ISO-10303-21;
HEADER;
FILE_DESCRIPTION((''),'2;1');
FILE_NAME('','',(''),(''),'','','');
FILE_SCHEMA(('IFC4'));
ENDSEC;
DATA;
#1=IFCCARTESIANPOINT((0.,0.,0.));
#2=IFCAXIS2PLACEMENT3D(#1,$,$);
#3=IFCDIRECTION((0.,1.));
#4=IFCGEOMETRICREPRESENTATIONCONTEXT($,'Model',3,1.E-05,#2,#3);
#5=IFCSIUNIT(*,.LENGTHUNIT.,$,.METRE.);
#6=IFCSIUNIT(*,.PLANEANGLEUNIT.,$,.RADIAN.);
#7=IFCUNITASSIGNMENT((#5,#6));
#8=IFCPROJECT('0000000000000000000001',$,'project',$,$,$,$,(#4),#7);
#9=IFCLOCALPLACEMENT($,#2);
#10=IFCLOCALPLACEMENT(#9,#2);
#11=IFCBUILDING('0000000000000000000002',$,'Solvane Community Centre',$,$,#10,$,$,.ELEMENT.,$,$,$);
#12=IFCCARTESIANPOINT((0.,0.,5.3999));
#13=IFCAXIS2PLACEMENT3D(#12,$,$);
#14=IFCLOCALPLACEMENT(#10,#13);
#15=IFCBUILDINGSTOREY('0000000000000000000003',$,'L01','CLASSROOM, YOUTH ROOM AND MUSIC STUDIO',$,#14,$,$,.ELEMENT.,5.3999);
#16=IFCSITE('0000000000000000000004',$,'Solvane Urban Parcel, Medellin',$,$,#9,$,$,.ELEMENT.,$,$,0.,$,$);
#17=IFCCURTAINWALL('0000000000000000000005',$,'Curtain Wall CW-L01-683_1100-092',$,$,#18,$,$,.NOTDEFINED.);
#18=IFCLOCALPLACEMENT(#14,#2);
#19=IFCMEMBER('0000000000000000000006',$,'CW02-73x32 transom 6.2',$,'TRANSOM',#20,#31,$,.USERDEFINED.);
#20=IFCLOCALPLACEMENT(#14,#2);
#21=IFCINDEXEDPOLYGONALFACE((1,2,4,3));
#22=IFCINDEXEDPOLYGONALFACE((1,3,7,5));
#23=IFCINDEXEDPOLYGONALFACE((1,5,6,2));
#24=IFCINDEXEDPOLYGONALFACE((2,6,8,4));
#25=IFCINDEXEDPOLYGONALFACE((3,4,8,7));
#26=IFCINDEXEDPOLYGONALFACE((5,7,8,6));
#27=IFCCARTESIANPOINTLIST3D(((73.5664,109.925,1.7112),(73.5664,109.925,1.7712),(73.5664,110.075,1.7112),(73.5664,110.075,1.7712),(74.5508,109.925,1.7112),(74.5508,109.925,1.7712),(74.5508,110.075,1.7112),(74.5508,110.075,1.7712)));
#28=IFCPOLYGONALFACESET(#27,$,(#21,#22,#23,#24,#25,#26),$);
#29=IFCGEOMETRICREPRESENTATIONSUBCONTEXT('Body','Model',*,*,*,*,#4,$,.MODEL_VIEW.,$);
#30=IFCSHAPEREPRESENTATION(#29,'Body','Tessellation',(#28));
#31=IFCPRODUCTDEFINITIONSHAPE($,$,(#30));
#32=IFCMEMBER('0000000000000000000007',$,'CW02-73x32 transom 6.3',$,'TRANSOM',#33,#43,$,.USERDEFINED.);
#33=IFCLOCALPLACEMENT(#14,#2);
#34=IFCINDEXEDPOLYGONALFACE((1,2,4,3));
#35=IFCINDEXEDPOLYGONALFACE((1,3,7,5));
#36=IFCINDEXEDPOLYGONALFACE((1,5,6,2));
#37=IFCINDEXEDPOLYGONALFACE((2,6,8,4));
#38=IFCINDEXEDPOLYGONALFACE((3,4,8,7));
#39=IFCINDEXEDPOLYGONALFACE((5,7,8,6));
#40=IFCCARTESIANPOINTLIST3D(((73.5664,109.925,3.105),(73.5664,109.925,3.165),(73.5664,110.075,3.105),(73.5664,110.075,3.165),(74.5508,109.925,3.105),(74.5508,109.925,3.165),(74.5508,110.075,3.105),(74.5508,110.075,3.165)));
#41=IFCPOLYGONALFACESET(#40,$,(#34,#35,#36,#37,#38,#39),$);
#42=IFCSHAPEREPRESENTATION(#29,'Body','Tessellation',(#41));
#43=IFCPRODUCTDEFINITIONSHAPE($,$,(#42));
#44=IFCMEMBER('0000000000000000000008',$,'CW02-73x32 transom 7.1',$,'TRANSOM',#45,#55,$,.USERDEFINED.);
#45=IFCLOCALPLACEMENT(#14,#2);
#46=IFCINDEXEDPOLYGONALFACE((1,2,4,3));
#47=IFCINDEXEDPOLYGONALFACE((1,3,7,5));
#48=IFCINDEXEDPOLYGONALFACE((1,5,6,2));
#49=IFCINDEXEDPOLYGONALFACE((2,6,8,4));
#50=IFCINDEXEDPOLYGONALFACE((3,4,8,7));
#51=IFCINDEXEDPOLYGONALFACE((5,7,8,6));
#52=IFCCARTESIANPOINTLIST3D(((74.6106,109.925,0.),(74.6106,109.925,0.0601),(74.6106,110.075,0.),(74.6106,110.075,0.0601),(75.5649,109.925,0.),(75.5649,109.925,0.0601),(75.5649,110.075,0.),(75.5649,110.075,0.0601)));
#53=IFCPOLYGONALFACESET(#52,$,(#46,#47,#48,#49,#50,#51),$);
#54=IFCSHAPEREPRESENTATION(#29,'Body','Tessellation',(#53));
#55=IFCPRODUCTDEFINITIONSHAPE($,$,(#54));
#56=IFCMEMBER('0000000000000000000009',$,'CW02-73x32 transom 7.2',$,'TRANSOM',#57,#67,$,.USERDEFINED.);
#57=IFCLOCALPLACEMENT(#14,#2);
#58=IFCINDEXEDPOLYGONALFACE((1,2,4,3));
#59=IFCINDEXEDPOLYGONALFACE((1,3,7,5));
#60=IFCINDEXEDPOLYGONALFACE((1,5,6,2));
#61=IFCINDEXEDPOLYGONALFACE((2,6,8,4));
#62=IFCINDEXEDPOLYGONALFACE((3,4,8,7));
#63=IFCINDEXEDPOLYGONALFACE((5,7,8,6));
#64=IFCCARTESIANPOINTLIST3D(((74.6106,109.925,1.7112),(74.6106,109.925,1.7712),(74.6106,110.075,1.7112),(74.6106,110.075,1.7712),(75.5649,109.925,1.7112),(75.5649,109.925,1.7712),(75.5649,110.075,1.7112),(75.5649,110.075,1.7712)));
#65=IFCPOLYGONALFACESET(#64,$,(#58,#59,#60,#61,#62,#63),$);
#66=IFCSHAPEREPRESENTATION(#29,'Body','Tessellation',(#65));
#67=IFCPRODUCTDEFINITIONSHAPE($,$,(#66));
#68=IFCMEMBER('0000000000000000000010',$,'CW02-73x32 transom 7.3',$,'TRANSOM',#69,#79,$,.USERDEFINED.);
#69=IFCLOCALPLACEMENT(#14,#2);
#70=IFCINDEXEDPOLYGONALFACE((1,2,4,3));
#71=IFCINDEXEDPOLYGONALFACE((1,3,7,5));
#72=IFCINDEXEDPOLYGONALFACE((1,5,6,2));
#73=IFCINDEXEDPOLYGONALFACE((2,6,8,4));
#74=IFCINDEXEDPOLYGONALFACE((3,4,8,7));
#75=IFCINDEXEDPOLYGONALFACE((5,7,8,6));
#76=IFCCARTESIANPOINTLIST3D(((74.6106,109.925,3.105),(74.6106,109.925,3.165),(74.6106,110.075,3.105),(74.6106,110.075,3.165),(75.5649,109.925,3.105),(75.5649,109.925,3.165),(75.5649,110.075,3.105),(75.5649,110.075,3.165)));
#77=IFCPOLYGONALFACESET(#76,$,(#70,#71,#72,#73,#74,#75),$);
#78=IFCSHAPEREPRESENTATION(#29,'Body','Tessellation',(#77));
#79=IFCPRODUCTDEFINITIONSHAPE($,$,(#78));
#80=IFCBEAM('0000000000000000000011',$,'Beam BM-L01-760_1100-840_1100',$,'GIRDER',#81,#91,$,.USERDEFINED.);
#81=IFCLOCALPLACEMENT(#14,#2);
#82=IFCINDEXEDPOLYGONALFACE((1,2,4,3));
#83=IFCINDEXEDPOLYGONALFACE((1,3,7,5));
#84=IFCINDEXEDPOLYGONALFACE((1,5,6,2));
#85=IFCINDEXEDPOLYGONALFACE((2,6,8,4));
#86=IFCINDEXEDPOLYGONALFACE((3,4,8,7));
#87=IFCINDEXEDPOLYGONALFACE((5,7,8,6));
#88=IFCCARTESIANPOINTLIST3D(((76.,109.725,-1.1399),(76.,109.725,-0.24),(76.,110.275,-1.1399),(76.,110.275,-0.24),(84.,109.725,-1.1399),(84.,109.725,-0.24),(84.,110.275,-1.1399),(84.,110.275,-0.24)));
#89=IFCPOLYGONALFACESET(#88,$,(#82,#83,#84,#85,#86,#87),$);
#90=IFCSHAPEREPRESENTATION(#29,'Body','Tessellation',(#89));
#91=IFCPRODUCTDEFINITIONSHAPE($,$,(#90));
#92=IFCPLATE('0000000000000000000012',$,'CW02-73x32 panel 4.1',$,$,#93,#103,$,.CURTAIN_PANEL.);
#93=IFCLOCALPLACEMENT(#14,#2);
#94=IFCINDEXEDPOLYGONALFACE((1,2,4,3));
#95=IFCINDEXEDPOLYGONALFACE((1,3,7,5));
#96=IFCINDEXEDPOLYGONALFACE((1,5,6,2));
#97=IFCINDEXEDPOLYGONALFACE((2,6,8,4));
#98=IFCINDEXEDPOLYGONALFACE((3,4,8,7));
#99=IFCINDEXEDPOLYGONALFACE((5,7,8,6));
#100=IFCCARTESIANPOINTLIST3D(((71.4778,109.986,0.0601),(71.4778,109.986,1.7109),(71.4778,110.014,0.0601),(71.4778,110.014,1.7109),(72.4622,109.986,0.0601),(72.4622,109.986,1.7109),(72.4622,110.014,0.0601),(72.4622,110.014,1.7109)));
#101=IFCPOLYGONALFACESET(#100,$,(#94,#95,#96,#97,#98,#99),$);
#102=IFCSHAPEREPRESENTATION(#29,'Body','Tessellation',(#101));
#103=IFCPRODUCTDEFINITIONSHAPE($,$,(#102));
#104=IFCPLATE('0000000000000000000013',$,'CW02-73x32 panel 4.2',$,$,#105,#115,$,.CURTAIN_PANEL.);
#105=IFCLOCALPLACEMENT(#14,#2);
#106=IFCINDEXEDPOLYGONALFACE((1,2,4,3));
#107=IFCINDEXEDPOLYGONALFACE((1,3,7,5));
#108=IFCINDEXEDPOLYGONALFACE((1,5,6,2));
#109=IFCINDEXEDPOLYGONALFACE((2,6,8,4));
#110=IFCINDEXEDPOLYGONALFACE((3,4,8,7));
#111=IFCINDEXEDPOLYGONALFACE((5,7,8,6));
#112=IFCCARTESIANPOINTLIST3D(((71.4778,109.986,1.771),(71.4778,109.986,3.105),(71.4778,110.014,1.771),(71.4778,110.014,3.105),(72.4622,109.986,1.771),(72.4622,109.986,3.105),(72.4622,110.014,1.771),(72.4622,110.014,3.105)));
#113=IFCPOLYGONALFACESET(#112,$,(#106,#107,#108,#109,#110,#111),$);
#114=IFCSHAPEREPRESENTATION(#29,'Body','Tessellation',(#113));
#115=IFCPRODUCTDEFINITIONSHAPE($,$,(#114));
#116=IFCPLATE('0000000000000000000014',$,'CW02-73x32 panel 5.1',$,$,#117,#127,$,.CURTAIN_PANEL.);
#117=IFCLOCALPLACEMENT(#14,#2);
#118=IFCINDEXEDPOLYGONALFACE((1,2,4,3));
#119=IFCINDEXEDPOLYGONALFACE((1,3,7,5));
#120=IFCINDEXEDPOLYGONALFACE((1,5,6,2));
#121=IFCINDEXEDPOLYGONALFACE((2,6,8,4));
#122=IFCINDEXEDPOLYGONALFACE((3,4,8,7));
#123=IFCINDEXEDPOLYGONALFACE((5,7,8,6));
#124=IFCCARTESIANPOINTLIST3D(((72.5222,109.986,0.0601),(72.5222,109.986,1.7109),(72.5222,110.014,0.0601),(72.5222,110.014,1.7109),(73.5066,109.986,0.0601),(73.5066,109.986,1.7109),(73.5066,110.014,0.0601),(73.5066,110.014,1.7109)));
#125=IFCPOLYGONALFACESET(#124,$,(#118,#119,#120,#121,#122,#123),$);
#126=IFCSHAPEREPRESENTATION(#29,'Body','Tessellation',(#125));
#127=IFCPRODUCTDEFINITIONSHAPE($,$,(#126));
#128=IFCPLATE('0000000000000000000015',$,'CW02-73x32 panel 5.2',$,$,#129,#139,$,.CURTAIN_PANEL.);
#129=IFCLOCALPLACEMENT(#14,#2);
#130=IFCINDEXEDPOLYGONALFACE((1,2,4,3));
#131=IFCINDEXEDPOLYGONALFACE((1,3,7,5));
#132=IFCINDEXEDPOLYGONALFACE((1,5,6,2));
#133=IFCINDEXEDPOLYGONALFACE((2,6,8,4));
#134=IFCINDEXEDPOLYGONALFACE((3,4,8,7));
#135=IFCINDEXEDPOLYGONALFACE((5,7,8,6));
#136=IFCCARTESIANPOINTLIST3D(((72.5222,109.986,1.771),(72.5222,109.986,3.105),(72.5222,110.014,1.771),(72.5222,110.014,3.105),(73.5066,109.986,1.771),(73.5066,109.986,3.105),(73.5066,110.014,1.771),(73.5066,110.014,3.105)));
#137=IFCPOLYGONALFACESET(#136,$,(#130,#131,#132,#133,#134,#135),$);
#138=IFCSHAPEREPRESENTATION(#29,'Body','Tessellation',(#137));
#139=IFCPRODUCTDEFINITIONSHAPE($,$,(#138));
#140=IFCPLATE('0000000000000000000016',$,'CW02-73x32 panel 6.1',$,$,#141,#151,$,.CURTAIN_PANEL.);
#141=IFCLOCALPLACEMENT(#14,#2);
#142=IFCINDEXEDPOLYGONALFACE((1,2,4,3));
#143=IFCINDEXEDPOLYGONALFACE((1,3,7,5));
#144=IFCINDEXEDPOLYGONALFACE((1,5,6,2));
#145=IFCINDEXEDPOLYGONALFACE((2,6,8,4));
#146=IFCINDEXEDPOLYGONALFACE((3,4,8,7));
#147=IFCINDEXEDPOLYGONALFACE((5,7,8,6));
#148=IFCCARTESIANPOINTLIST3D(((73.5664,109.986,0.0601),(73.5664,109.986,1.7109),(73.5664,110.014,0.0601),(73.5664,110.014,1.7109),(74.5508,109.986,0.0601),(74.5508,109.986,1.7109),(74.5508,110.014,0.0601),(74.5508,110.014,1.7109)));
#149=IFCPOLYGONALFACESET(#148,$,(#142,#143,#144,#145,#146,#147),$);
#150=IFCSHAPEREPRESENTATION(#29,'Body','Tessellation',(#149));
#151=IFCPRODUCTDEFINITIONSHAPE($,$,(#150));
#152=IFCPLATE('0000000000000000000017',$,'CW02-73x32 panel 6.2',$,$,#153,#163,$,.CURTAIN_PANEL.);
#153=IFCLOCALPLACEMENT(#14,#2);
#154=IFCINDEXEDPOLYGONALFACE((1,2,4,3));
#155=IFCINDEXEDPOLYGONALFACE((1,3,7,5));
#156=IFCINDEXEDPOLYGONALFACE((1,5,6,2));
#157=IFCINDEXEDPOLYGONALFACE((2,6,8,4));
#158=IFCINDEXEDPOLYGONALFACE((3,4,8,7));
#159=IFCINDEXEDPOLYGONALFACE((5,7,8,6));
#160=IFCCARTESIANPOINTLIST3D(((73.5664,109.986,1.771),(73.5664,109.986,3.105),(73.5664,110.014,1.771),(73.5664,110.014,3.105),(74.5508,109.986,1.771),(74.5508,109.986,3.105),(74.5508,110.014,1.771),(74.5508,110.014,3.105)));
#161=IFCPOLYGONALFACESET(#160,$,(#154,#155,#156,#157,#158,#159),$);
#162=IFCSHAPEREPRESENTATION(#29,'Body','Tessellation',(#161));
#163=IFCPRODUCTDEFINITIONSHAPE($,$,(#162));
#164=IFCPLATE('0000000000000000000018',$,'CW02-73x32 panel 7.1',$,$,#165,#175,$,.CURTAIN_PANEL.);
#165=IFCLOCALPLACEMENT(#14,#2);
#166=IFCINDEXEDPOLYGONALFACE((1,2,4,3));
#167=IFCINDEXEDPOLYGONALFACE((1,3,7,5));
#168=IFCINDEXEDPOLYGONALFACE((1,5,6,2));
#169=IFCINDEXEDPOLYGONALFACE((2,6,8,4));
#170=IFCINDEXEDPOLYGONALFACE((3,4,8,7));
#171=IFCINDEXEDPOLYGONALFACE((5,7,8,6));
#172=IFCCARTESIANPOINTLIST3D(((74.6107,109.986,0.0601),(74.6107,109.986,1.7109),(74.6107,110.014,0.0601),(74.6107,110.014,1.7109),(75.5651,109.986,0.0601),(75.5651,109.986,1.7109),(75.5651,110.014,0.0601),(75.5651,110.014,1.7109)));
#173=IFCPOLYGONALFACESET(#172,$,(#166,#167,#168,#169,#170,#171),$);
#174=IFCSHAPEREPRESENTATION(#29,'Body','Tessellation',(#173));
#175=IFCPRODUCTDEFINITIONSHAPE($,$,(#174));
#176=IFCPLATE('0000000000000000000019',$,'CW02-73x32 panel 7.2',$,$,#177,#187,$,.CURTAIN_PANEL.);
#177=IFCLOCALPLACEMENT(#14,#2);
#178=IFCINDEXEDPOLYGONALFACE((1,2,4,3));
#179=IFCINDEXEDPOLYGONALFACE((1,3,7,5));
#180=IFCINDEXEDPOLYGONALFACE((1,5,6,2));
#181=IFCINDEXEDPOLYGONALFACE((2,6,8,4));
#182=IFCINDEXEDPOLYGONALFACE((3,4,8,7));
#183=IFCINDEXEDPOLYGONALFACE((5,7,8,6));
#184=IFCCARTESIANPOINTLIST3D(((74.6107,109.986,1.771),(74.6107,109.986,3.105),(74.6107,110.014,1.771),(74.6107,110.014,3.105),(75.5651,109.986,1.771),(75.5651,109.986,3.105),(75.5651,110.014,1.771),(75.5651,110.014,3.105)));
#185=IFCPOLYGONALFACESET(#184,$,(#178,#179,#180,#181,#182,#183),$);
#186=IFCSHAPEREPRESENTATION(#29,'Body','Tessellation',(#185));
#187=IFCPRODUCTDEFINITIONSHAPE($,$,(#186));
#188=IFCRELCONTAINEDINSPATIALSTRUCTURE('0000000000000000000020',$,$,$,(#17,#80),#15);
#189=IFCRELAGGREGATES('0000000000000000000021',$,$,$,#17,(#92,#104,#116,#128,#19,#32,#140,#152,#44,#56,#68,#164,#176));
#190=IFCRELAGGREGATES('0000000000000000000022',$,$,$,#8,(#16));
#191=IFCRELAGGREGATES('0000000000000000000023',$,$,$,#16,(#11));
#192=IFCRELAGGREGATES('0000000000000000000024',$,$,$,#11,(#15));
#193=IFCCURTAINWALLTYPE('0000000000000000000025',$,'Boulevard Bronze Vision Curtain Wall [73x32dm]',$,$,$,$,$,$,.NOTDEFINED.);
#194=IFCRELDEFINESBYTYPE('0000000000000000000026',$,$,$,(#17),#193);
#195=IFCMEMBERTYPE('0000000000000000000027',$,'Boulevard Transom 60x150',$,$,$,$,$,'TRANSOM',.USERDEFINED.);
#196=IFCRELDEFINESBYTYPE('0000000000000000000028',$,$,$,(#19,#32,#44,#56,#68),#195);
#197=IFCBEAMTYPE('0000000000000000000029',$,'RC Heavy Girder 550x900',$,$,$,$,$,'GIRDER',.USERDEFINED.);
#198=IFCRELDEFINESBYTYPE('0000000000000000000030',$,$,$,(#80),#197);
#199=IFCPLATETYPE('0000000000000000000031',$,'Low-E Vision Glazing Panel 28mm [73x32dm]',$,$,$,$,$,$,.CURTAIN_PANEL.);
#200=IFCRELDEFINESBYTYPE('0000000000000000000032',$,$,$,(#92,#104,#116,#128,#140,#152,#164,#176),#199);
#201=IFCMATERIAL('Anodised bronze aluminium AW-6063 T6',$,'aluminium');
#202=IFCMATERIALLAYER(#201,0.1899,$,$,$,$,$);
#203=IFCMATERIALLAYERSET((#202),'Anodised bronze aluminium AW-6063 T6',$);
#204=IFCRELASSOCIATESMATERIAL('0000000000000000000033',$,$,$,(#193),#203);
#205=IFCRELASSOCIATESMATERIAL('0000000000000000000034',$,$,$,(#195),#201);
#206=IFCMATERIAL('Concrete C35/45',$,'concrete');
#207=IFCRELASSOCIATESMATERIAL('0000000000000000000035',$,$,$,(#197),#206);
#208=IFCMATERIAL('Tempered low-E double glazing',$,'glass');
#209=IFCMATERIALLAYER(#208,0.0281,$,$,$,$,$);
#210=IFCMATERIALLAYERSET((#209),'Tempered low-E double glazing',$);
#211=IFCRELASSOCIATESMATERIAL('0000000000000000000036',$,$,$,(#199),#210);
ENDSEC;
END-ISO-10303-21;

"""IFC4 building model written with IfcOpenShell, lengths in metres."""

from ifc_helpers import new_model, si_unit, direction, frame, origin, origin_2d, place, context, subcontext, project, spatial, rectangle, extrude, material, layer, layer_set, material_profile, profile_set, type_object, element, aggregate, save


model = new_model("IFC4")

# Units and contexts
model_context = context("Model", 3, precision=1e-05, world=origin(), true_north=direction((0.0, 1.0)))
body_context = subcontext(model_context, "Body", "Model", "MODEL_VIEW")
ifc_project = project(units=[si_unit("LENGTHUNIT", "METRE"), si_unit("PLANEANGLEUNIT", "RADIAN")], contexts=[model_context])

# Site, building, storey
site_placement = place(None, origin())
site = spatial("IfcSite", under=ifc_project, at=site_placement, Name="Solvane Urban Parcel, Medellin", CompositionType="ELEMENT", RefElevation=0.0)
building_placement = place(site_placement, origin())
building = spatial("IfcBuilding", under=site, at=building_placement, Name="Solvane Community Centre", CompositionType="ELEMENT")
storey_placement = place(building_placement, frame((0.0, 0.0, 5.3999)))
storey = spatial("IfcBuildingStorey", under=building, at=storey_placement, Name="L01", Description="CLASSROOM, YOUTH ROOM AND MUSIC STUDIO", CompositionType="ELEMENT", Elevation=5.3999)

# Shared definitions
ifc_material_1 = material(Name="Concrete C35/45", Category="concrete")

# Curtain wall, members
ifc_material_2 = material(Name="Anodised bronze aluminium AW-6063 T6", Category="aluminium")
ifc_layer_1 = layer(ifc_material_2, 0.1899)
ifc_layer_set_1 = layer_set([ifc_layer_1], Name="Anodised bronze aluminium AW-6063 T6")
curtain_wall_type = type_object("IfcCurtainWallType", Name="Boulevard Bronze Vision Curtain Wall [73x32dm]", PredefinedType="NOTDEFINED", material=ifc_layer_set_1)
curtain_wall_placement = place(storey_placement, origin())
curtain_wall = element("IfcCurtainWall", 1, at=curtain_wall_placement, inside=storey, type_object=curtain_wall_type, Name="Curtain Wall CW-L01-683_1100-092", PredefinedType="NOTDEFINED")
ifc_material_profile_1 = material_profile(ifc_material_2, rectangle(XDim=0.1499, YDim=0.0601, at=origin_2d()), Name="CW-T 60x150")
ifc_profile_set_1 = profile_set([ifc_material_profile_1], Name="Anodised bronze aluminium AW-6063 T6")
member_type_1 = type_object("IfcMemberType", Name="Boulevard Transom 60x150", ElementType="TRANSOM", PredefinedType="USERDEFINED", material=ifc_profile_set_1)
member_1_placement = place(storey_placement, frame((73.5664, 110.0, 1.7412), z_axis=(1.0, 0.0, 0.0), x_axis=(0.0, 1.0, 0.0)))
member_1 = element("IfcMember", 2, at=member_1_placement, type_object=member_type_1, Name="CW02-73x32 transom 6.2", ObjectType="TRANSOM", PredefinedType="USERDEFINED", context=body_context, shape_type="SweptSolid", body=[
    extrude(rectangle(XDim=0.1499, YDim=0.0601, at=origin_2d()), origin(), (0.0, 0.0, 1.0), 0.9844),
])
member_2_placement = place(storey_placement, frame((73.5664, 110.0, 3.135), z_axis=(1.0, 0.0, 0.0), x_axis=(0.0, 1.0, 0.0)))
member_2 = element("IfcMember", 3, at=member_2_placement, type_object=member_type_1, Name="CW02-73x32 transom 6.3", ObjectType="TRANSOM", PredefinedType="USERDEFINED", context=body_context, shape_type="SweptSolid", body=[
    extrude(rectangle(XDim=0.1499, YDim=0.0601, at=origin_2d()), origin(), (0.0, 0.0, 1.0), 0.9844),
])
member_3_placement = place(storey_placement, frame((74.6106, 110.0, 0.03), z_axis=(1.0, 0.0, 0.0), x_axis=(0.0, 1.0, 0.0)))
member_3 = element("IfcMember", 4, at=member_3_placement, type_object=member_type_1, Name="CW02-73x32 transom 7.1", ObjectType="TRANSOM", PredefinedType="USERDEFINED", context=body_context, shape_type="SweptSolid", body=[
    extrude(rectangle(XDim=0.1499, YDim=0.0601, at=origin_2d()), origin(), (0.0, 0.0, 1.0), 0.9543),
])
member_4_placement = place(storey_placement, frame((74.6106, 110.0, 1.7412), z_axis=(1.0, 0.0, 0.0), x_axis=(0.0, 1.0, 0.0)))
member_4 = element("IfcMember", 5, at=member_4_placement, type_object=member_type_1, Name="CW02-73x32 transom 7.2", ObjectType="TRANSOM", PredefinedType="USERDEFINED", context=body_context, shape_type="SweptSolid", body=[
    extrude(rectangle(XDim=0.1499, YDim=0.0601, at=origin_2d()), origin(), (0.0, 0.0, 1.0), 0.9543),
])
member_5_placement = place(storey_placement, frame((74.6106, 110.0, 3.135), z_axis=(1.0, 0.0, 0.0), x_axis=(0.0, 1.0, 0.0)))
member_5 = element("IfcMember", 6, at=member_5_placement, type_object=member_type_1, Name="CW02-73x32 transom 7.3", ObjectType="TRANSOM", PredefinedType="USERDEFINED", context=body_context, shape_type="SweptSolid", body=[
    extrude(rectangle(XDim=0.1499, YDim=0.0601, at=origin_2d()), origin(), (0.0, 0.0, 1.0), 0.9543),
])

# Beam
ifc_material_profile_2 = material_profile(ifc_material_1, rectangle(XDim=0.55, YDim=0.8999, at=origin_2d()), Name="RC 550x900")
ifc_profile_set_2 = profile_set([ifc_material_profile_2], Name="Concrete C35/45")
beam_type = type_object("IfcBeamType", Name="RC Heavy Girder 550x900", ElementType="GIRDER", PredefinedType="USERDEFINED", material=ifc_profile_set_2)
beam_placement = place(storey_placement, frame((76.0, 110.0, -0.6899), z_axis=(1.0, 0.0, 0.0), x_axis=(0.0, 1.0, 0.0)))
element("IfcBeam", 7, at=beam_placement, inside=storey, type_object=beam_type, Name="Beam BM-L01-760_1100-840_1100", ObjectType="GIRDER", PredefinedType="USERDEFINED", context=body_context, shape_type="SweptSolid", body=[
    extrude(rectangle(XDim=0.55, YDim=0.8999, at=origin_2d()), origin(), (0.0, 0.0, 1.0), 8.0),
])

# Plates
ifc_material_3 = material(Name="Tempered low-E double glazing", Category="glass")
ifc_layer_2 = layer(ifc_material_3, 0.0281)
ifc_layer_set_2 = layer_set([ifc_layer_2], Name="Tempered low-E double glazing")
plate_type = type_object("IfcPlateType", Name="Low-E Vision Glazing Panel 28mm [73x32dm]", PredefinedType="CURTAIN_PANEL", material=ifc_layer_set_2)
plate_1_placement = place(storey_placement, frame((71.97, 110.0, 0.0601), z_axis=(0.0, 0.0, 1.0), x_axis=(1.0, 0.0, 0.0)))
plate_1 = element("IfcPlate", 8, at=plate_1_placement, type_object=plate_type, Name="CW02-73x32 panel 4.1", PredefinedType="CURTAIN_PANEL", context=body_context, shape_type="SweptSolid", body=[
    extrude(rectangle(XDim=0.9844, YDim=0.0281, at=origin_2d()), origin(), (0.0, 0.0, 1.0), 1.6509),
])
plate_2_placement = place(storey_placement, frame((71.97, 110.0, 1.771), z_axis=(0.0, 0.0, 1.0), x_axis=(1.0, 0.0, 0.0)))
plate_2 = element("IfcPlate", 9, at=plate_2_placement, type_object=plate_type, Name="CW02-73x32 panel 4.2", PredefinedType="CURTAIN_PANEL", context=body_context, shape_type="SweptSolid", body=[
    extrude(rectangle(XDim=0.9844, YDim=0.0281, at=origin_2d()), origin(), (0.0, 0.0, 1.0), 1.334),
])
plate_3_placement = place(storey_placement, frame((73.0144, 110.0, 0.0601), z_axis=(0.0, 0.0, 1.0), x_axis=(1.0, 0.0, 0.0)))
plate_3 = element("IfcPlate", 10, at=plate_3_placement, type_object=plate_type, Name="CW02-73x32 panel 5.1", PredefinedType="CURTAIN_PANEL", context=body_context, shape_type="SweptSolid", body=[
    extrude(rectangle(XDim=0.9844, YDim=0.0281, at=origin_2d()), origin(), (0.0, 0.0, 1.0), 1.6509),
])
plate_4_placement = place(storey_placement, frame((73.0144, 110.0, 1.771), z_axis=(0.0, 0.0, 1.0), x_axis=(1.0, 0.0, 0.0)))
plate_4 = element("IfcPlate", 11, at=plate_4_placement, type_object=plate_type, Name="CW02-73x32 panel 5.2", PredefinedType="CURTAIN_PANEL", context=body_context, shape_type="SweptSolid", body=[
    extrude(rectangle(XDim=0.9844, YDim=0.0281, at=origin_2d()), origin(), (0.0, 0.0, 1.0), 1.334),
])
plate_5_placement = place(storey_placement, frame((74.0586, 110.0, 0.0601), z_axis=(0.0, 0.0, 1.0), x_axis=(1.0, 0.0, 0.0)))
plate_5 = element("IfcPlate", 12, at=plate_5_placement, type_object=plate_type, Name="CW02-73x32 panel 6.1", PredefinedType="CURTAIN_PANEL", context=body_context, shape_type="SweptSolid", body=[
    extrude(rectangle(XDim=0.9844, YDim=0.0281, at=origin_2d()), origin(), (0.0, 0.0, 1.0), 1.6509),
])
plate_6_placement = place(storey_placement, frame((74.0586, 110.0, 1.771), z_axis=(0.0, 0.0, 1.0), x_axis=(1.0, 0.0, 0.0)))
plate_6 = element("IfcPlate", 13, at=plate_6_placement, type_object=plate_type, Name="CW02-73x32 panel 6.2", PredefinedType="CURTAIN_PANEL", context=body_context, shape_type="SweptSolid", body=[
    extrude(rectangle(XDim=0.9844, YDim=0.0281, at=origin_2d()), origin(), (0.0, 0.0, 1.0), 1.334),
])
plate_7_placement = place(storey_placement, frame((75.0879, 110.0, 0.0601), z_axis=(0.0, 0.0, 1.0), x_axis=(1.0, 0.0, 0.0)))
plate_7 = element("IfcPlate", 14, at=plate_7_placement, type_object=plate_type, Name="CW02-73x32 panel 7.1", PredefinedType="CURTAIN_PANEL", context=body_context, shape_type="SweptSolid", body=[
    extrude(rectangle(XDim=0.9543, YDim=0.0281, at=origin_2d()), origin(), (0.0, 0.0, 1.0), 1.6509),
])
plate_8_placement = place(storey_placement, frame((75.0879, 110.0, 1.771), z_axis=(0.0, 0.0, 1.0), x_axis=(1.0, 0.0, 0.0)))
plate_8 = element("IfcPlate", 15, at=plate_8_placement, type_object=plate_type, Name="CW02-73x32 panel 7.2", PredefinedType="CURTAIN_PANEL", context=body_context, shape_type="SweptSolid", body=[
    extrude(rectangle(XDim=0.9543, YDim=0.0281, at=origin_2d()), origin(), (0.0, 0.0, 1.0), 1.334),
])
aggregate(curtain_wall, [plate_1, plate_2, plate_3, plate_4, member_1, member_2, plate_5, plate_6, member_3, member_4, member_5, plate_7, plate_8])

save(model, "model.ifc")
